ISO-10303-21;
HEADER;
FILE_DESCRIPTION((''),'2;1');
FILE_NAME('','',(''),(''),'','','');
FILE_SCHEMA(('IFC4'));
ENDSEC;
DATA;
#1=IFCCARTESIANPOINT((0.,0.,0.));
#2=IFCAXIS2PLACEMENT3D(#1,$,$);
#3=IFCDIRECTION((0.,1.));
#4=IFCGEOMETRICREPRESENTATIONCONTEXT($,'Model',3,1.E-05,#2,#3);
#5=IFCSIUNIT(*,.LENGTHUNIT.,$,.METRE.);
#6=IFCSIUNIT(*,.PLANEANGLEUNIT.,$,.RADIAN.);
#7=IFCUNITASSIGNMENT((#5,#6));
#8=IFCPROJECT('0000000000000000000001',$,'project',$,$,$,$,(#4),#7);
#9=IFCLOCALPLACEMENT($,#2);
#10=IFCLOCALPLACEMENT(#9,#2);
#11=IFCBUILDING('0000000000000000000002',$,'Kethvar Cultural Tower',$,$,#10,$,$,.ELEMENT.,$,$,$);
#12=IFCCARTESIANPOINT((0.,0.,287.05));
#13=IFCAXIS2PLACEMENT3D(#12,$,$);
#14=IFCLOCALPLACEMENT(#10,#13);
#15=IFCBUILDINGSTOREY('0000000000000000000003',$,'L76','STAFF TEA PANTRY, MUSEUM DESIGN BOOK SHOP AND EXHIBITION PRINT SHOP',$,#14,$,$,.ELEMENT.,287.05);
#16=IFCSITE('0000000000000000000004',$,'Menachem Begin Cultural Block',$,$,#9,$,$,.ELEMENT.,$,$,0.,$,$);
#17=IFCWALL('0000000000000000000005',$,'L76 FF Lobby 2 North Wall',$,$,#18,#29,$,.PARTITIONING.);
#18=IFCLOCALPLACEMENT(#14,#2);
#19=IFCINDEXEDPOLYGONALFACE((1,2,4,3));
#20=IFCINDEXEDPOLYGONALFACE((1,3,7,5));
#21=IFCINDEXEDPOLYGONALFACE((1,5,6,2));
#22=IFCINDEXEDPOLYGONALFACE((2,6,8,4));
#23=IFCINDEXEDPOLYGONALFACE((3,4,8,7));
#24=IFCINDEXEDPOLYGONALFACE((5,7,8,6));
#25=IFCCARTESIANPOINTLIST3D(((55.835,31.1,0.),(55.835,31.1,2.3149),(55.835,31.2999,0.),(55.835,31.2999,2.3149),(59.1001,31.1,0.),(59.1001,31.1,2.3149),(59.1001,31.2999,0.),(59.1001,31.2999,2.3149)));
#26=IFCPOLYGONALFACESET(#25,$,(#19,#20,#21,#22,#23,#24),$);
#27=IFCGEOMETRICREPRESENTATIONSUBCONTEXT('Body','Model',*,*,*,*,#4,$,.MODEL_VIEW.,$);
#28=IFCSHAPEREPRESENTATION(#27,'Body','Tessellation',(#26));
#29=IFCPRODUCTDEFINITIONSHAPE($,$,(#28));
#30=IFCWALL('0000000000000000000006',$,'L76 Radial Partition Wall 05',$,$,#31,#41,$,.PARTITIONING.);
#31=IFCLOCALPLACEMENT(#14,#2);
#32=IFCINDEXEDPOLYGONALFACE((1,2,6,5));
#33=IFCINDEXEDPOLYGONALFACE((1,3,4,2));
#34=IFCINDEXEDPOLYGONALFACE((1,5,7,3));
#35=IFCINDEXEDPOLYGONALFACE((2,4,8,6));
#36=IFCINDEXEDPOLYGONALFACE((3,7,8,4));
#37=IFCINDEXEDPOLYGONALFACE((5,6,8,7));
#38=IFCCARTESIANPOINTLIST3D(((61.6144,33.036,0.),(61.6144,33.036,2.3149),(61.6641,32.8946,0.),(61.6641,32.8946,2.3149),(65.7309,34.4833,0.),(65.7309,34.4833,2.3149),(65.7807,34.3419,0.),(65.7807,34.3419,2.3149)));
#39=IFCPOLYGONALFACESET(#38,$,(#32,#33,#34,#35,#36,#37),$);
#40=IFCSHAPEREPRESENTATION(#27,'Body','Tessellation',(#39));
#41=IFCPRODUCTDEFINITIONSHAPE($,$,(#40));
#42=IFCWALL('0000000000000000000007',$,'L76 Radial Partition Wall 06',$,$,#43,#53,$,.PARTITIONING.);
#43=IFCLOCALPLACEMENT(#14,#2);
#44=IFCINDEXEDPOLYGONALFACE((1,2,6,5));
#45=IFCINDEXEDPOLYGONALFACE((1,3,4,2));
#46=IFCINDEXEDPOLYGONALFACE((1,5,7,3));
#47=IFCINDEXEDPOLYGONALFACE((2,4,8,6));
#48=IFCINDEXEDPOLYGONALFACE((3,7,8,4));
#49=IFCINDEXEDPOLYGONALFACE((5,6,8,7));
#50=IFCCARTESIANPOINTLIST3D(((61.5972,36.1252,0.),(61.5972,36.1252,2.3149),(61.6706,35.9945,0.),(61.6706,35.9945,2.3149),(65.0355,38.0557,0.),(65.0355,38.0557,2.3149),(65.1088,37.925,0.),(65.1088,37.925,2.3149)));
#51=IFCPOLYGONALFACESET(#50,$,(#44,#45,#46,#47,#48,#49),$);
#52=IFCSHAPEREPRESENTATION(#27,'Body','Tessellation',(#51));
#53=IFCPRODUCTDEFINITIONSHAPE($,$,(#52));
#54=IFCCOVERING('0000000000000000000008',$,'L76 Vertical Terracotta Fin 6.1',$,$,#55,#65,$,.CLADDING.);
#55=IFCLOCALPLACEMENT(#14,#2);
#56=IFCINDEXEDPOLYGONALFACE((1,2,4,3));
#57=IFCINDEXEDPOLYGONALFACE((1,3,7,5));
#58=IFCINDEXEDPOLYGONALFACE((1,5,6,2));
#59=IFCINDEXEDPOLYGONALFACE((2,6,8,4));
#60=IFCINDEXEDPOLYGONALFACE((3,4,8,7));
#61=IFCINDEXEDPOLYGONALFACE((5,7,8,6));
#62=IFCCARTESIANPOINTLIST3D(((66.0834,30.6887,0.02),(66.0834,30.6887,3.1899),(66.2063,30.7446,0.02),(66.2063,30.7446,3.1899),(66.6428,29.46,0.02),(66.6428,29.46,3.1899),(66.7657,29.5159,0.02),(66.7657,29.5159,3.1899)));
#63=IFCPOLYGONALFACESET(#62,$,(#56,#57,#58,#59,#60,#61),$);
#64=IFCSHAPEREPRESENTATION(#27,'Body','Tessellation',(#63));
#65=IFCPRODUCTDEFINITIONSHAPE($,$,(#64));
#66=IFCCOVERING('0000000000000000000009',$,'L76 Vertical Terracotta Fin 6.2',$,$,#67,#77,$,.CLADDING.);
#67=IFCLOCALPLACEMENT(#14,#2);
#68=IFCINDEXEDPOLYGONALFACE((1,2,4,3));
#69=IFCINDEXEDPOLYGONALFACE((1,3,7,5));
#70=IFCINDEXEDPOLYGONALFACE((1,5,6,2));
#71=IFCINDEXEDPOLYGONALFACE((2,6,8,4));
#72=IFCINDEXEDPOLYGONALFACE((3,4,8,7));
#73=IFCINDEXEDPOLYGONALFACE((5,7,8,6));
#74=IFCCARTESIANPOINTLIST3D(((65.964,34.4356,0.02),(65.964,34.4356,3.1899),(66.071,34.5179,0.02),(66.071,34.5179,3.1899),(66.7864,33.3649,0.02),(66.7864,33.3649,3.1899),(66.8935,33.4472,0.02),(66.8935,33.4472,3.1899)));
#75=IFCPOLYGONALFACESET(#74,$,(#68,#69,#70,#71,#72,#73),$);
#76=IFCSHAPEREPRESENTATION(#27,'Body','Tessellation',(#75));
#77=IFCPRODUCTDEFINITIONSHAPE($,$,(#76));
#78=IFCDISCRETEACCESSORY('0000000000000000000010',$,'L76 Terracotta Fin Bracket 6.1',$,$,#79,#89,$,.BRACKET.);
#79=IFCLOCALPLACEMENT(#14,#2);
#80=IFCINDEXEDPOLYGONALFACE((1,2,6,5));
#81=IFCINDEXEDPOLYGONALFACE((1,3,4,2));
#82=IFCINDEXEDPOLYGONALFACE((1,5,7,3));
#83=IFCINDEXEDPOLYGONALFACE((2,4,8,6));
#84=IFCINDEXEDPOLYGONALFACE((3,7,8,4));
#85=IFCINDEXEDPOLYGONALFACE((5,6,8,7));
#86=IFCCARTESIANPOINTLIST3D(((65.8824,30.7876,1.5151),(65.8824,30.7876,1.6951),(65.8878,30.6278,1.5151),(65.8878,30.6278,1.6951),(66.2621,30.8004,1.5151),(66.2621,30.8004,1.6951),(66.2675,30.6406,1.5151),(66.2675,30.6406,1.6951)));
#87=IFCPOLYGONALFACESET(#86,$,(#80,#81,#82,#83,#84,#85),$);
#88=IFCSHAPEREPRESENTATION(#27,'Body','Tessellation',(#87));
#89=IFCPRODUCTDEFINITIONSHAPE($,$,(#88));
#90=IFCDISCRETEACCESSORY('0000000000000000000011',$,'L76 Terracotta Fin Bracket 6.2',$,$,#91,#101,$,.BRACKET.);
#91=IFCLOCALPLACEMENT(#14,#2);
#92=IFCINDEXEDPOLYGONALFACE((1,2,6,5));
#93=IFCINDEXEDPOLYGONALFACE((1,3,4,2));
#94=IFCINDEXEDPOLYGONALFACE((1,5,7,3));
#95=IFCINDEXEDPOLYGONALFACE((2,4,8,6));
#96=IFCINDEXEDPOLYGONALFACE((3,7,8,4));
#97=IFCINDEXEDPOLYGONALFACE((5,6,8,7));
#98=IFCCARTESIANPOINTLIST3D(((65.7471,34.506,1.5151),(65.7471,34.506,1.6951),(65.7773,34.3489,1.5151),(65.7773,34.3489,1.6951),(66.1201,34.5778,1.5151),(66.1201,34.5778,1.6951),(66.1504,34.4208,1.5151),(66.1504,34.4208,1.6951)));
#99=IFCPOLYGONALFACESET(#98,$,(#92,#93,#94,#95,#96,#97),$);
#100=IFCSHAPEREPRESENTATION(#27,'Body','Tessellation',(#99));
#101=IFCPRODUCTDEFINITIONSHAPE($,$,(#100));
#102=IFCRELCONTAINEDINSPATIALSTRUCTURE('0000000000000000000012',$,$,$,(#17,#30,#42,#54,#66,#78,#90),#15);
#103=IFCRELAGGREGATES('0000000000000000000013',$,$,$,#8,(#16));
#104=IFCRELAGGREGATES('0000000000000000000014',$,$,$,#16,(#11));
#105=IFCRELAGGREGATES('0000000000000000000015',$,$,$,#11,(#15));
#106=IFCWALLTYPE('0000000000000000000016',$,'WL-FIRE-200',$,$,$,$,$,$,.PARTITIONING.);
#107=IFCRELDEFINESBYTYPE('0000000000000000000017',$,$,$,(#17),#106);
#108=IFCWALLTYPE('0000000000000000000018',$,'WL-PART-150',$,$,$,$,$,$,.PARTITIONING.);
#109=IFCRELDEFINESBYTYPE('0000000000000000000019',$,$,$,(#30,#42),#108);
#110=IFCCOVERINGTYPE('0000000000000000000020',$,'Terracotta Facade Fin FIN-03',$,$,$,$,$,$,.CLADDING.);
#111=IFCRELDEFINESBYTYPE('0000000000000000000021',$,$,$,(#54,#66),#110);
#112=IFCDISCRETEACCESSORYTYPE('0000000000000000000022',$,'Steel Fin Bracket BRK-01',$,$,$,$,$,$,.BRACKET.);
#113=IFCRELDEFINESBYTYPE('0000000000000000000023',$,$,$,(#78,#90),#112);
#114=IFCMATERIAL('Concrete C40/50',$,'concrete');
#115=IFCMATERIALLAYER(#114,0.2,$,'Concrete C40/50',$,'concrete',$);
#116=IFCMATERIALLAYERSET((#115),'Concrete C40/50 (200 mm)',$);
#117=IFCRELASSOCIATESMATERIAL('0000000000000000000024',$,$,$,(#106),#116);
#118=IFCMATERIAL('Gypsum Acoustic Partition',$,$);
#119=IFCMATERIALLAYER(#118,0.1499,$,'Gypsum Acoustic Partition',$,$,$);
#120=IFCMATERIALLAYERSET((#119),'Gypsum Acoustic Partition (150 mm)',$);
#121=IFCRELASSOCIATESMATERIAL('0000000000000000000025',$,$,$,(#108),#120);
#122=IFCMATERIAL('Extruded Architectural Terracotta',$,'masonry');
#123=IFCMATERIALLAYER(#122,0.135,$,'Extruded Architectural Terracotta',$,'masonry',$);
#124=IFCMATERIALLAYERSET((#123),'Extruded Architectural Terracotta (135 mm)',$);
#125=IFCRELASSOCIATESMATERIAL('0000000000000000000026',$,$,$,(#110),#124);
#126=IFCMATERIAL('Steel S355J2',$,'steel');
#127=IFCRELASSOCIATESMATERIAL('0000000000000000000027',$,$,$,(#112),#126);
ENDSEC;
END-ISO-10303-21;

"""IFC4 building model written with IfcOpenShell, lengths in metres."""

from ifc_helpers import new_model, si_unit, direction, frame, frame_2d, origin, origin_2d, place, context, subcontext, project, spatial, rectangle, extrude, source, transform, mapped, material, layer, layer_set, type_object, element, save


model = new_model("IFC4")

# Units and contexts
model_context = context("Model", 3, precision=1e-05, world=origin(), true_north=direction((0.0, 1.0)))
body_context = subcontext(model_context, "Body", "Model", "MODEL_VIEW")
ifc_project = project(units=[si_unit("LENGTHUNIT", "METRE"), si_unit("PLANEANGLEUNIT", "RADIAN")], contexts=[model_context])

# Site, building, storey
site_placement = place(None, origin())
site = spatial("IfcSite", under=ifc_project, at=site_placement, Name="Menachem Begin Cultural Block", CompositionType="ELEMENT", RefElevation=0.0)
building_placement = place(site_placement, origin())
building = spatial("IfcBuilding", under=site, at=building_placement, Name="Kethvar Cultural Tower", CompositionType="ELEMENT")
storey_placement = place(building_placement, frame((0.0, 0.0, 287.05)))
storey = spatial("IfcBuildingStorey", under=building, at=storey_placement, Name="L76", Description="STAFF TEA PANTRY, MUSEUM DESIGN BOOK SHOP AND EXHIBITION PRINT SHOP", CompositionType="ELEMENT", Elevation=287.05)

# Shared definitions
ifc_material_1 = material(Name="Steel S355J2", Category="steel")

# Walls
ifc_material_2 = material(Name="Concrete C40/50", Category="concrete")
ifc_layer_1 = layer(ifc_material_2, 0.2, Name="Concrete C40/50", Category="concrete")
ifc_layer_set_1 = layer_set([ifc_layer_1], Name="Concrete C40/50 (200 mm)")
wall_type_1 = type_object("IfcWallType", Name="WL-FIRE-200", PredefinedType="PARTITIONING", material=ifc_layer_set_1)
wall_1_placement = place(storey_placement, frame((55.835, 31.2, 0.0), z_axis=(0.0, 0.0, 1.0), x_axis=(1.0, 0.0, 0.0)))
element("IfcWall", 1, at=wall_1_placement, inside=storey, type_object=wall_type_1, Name="L76 FF Lobby 2 North Wall", PredefinedType="PARTITIONING", context=body_context, shape_type="SweptSolid", body=[
    extrude(rectangle(XDim=3.2651, YDim=0.2, at=frame_2d((1.6326, 0.0))), origin(), (0.0, 0.0, 1.0), 2.3149),
])
ifc_material_3 = material(Name="Gypsum Acoustic Partition")
ifc_layer_2 = layer(ifc_material_3, 0.1499, Name="Gypsum Acoustic Partition")
ifc_layer_set_2 = layer_set([ifc_layer_2], Name="Gypsum Acoustic Partition (150 mm)")
wall_type_2 = type_object("IfcWallType", Name="WL-PART-150", PredefinedType="PARTITIONING", material=ifc_layer_set_2)
wall_2_placement = place(storey_placement, frame((61.6394, 32.9653, 0.0), z_axis=(0.0, 0.0, 1.0), x_axis=(0.943392, 0.331678, 0.0)))
element("IfcWall", 2, at=wall_2_placement, inside=storey, type_object=wall_type_2, Name="L76 Radial Partition Wall 05", PredefinedType="PARTITIONING", context=body_context, shape_type="SweptSolid", body=[
    extrude(rectangle(XDim=4.3635, YDim=0.1499, at=frame_2d((2.1816, 0.0))), origin(), (0.0, 0.0, 1.0), 2.3149),
])
wall_3_placement = place(storey_placement, frame((61.6338, 36.0598, 0.0), z_axis=(0.0, 0.0, 1.0), x_axis=(0.871964, 0.48957, 0.0)))
element("IfcWall", 3, at=wall_3_placement, inside=storey, type_object=wall_type_2, Name="L76 Radial Partition Wall 06", PredefinedType="PARTITIONING", context=body_context, shape_type="SweptSolid", body=[
    extrude(rectangle(XDim=3.9431, YDim=0.1499, at=frame_2d((1.9717, 0.0))), origin(), (0.0, 0.0, 1.0), 2.3149),
])

# Coverings
ifc_material_4 = material(Name="Extruded Architectural Terracotta", Category="masonry")
ifc_layer_3 = layer(ifc_material_4, 0.135, Name="Extruded Architectural Terracotta", Category="masonry")
ifc_layer_set_3 = layer_set([ifc_layer_3], Name="Extruded Architectural Terracotta (135 mm)")
covering_type = type_object("IfcCoveringType", Name="Terracotta Facade Fin FIN-03", PredefinedType="CLADDING", material=ifc_layer_set_3)
shared_shape_1 = source(origin(), body_context, "Body", "SweptSolid", [
    extrude(rectangle(XDim=1.3501, YDim=0.135, at=origin_2d()), origin(), (0.0, 0.0, 1.0), 3.1699),
])
for number, where, z_axis, x_axis, name in (
    (4, (66.4246, 30.1023, 0.02), (0.0, 0.0, 1.0), (0.414376, -0.910106, 0.0), "L76 Vertical Terracotta Fin 6.1"),
    (5, (66.4287, 33.9414, 0.02), (0.0, 0.0, 1.0), (0.609177, -0.793034, 0.0), "L76 Vertical Terracotta Fin 6.2"),
):
    element("IfcCovering", number, at=place(storey_placement, frame(where, z_axis=z_axis, x_axis=x_axis)), inside=storey, type_object=covering_type, Name=name, PredefinedType="CLADDING", context=body_context, shape_type="MappedRepresentation", body=[
        mapped(shared_shape_1, transform((0.0, 0.0, 0.0), scale=1.0)),
    ])

# Discrete accessories
discrete_accessory_type = type_object("IfcDiscreteAccessoryType", Name="Steel Fin Bracket BRK-01", PredefinedType="BRACKET", material=ifc_material_1)
shared_shape_2 = source(origin(), body_context, "Body", "SweptSolid", [
    extrude(rectangle(XDim=0.3799, YDim=0.1599, at=origin_2d()), origin(), (0.0, 0.0, 1.0), 0.1799),
])
for number, where, z_axis, x_axis, name in (
    (6, (66.075, 30.7141, 1.5151), (0.0, 0.0, 1.0), (0.999433, 0.033678, 0.0), "L76 Terracotta Fin Bracket 6.1"),
    (7, (65.9487, 34.4634, 1.5151), (0.0, 0.0, 1.0), (0.981959, 0.189095, 0.0), "L76 Terracotta Fin Bracket 6.2"),
):
    element("IfcDiscreteAccessory", number, at=place(storey_placement, frame(where, z_axis=z_axis, x_axis=x_axis)), inside=storey, type_object=discrete_accessory_type, Name=name, PredefinedType="BRACKET", context=body_context, shape_type="MappedRepresentation", body=[
        mapped(shared_shape_2, transform((0.0, 0.0, 0.0), scale=1.0)),
    ])

save(model, "model.ifc")
